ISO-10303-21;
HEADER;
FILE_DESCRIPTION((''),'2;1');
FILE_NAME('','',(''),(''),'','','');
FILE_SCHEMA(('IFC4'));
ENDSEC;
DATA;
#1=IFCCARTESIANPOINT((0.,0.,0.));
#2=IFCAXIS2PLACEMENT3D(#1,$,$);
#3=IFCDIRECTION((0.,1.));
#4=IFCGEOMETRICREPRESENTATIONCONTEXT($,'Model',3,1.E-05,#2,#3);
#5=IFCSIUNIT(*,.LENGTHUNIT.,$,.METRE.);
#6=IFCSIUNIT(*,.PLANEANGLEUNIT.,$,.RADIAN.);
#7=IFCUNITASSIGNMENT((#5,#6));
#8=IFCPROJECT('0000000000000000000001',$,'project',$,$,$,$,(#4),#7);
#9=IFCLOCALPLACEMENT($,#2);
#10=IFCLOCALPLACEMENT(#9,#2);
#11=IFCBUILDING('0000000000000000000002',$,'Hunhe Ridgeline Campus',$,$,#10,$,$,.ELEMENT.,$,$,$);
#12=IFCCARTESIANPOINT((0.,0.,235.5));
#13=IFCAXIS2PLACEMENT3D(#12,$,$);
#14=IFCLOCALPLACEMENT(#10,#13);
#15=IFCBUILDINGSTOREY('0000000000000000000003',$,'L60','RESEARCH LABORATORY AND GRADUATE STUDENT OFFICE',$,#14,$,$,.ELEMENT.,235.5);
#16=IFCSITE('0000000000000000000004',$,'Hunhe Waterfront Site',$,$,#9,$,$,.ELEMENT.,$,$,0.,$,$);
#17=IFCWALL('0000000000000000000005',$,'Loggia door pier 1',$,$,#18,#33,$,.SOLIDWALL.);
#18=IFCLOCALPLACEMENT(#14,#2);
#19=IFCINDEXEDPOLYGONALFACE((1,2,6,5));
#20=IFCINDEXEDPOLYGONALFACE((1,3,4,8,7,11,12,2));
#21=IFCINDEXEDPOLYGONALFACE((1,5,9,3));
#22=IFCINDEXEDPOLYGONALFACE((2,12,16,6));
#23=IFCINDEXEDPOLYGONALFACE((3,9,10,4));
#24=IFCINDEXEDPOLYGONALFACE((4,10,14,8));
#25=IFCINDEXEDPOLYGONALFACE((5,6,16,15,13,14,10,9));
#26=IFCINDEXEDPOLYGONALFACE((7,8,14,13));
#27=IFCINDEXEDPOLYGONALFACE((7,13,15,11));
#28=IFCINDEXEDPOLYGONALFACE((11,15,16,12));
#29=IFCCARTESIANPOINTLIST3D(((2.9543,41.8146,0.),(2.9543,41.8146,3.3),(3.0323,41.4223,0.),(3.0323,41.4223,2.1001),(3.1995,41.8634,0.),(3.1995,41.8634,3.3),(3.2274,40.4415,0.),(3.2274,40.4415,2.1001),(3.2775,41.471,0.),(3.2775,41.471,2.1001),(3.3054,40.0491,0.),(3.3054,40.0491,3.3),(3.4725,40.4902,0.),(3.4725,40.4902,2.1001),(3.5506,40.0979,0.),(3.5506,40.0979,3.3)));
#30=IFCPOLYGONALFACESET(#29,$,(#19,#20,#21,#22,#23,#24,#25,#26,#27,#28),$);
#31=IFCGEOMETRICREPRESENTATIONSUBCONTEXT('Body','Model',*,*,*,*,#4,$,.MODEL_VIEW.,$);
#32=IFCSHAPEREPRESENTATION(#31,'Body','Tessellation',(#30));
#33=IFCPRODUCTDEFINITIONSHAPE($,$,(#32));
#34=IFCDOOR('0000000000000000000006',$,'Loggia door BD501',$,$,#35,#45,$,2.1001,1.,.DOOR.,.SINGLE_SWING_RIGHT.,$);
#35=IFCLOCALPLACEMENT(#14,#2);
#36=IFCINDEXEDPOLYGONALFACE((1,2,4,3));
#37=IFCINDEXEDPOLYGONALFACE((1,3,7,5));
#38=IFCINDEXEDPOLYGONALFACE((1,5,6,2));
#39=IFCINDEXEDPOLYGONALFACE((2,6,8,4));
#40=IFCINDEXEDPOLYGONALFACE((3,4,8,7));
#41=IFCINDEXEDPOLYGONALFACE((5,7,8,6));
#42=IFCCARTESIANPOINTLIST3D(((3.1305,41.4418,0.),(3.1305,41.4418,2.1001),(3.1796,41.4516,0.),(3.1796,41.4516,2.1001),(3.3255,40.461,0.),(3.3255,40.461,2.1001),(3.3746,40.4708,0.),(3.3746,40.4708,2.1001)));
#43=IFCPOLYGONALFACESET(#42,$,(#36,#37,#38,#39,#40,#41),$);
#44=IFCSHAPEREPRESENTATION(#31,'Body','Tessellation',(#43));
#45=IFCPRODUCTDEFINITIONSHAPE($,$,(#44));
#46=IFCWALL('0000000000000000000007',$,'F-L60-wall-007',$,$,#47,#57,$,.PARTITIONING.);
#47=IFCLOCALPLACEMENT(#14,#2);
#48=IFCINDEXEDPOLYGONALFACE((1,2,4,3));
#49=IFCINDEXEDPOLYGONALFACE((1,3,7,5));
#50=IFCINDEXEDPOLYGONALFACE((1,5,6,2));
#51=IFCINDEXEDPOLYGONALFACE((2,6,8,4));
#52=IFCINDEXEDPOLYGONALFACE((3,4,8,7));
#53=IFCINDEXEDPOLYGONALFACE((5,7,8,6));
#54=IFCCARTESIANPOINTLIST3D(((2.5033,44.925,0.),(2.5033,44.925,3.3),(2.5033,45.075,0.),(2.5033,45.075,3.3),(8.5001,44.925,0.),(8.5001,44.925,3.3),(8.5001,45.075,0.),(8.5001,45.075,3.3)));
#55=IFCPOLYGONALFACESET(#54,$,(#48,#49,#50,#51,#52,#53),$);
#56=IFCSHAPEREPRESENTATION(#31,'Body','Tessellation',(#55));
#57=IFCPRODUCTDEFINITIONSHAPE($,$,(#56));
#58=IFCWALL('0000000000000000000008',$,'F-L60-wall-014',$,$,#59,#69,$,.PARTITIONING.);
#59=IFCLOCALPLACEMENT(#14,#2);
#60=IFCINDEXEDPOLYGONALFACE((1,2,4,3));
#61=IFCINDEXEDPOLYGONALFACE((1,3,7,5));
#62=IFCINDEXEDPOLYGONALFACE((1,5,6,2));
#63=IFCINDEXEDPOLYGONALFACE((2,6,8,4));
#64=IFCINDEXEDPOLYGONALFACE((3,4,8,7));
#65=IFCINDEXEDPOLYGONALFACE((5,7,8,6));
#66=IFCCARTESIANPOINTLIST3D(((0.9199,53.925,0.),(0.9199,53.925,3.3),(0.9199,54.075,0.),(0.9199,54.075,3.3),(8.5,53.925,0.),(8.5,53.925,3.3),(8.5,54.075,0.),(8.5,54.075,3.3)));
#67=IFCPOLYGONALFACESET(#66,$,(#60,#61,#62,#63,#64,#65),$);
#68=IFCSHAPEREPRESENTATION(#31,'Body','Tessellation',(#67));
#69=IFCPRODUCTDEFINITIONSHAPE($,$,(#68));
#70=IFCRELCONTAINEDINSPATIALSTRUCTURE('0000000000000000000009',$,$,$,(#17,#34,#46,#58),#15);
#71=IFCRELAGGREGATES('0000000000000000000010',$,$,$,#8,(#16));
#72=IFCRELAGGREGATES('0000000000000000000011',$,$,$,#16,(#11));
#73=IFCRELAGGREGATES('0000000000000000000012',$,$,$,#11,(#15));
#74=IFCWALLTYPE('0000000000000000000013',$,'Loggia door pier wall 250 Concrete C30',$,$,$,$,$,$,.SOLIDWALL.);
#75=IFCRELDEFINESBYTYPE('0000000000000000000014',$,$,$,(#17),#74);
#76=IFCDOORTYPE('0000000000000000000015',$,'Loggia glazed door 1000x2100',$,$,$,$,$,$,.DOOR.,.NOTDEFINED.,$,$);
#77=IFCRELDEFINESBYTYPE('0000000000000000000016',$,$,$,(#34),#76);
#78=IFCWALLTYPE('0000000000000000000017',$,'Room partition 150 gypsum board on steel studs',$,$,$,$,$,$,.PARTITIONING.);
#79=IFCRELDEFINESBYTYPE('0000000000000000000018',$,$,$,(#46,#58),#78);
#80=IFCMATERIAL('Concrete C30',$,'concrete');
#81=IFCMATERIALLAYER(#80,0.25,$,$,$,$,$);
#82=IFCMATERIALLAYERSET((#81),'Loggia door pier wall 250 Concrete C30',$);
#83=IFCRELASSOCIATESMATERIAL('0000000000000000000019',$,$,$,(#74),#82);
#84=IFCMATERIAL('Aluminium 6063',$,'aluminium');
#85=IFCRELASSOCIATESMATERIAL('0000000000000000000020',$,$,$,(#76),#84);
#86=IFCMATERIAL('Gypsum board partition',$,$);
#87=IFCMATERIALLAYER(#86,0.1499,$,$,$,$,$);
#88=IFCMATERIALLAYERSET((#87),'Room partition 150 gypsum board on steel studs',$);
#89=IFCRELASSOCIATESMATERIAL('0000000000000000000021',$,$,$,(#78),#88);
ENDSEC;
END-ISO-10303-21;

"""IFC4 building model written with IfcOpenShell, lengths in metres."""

from ifc_helpers import new_model, si_unit, direction, frame, frame_2d, origin, place, context, subcontext, project, spatial, rectangle, extrude, material, layer, layer_set, type_object, element, fill, save


model = new_model("IFC4")

# Units and contexts
model_context = context("Model", 3, precision=1e-05, world=origin(), true_north=direction((0.0, 1.0)))
body_context = subcontext(model_context, "Body", "Model", "MODEL_VIEW")
ifc_project = project(units=[si_unit("LENGTHUNIT", "METRE"), si_unit("PLANEANGLEUNIT", "RADIAN")], contexts=[model_context])

# Site, building, storey
site_placement = place(None, origin())
site = spatial("IfcSite", under=ifc_project, at=site_placement, Name="Hunhe Waterfront Site", CompositionType="ELEMENT", RefElevation=0.0)
building_placement = place(site_placement, origin())
building = spatial("IfcBuilding", under=site, at=building_placement, Name="Hunhe Ridgeline Campus", CompositionType="ELEMENT")
storey_placement = place(building_placement, frame((0.0, 0.0, 235.5)))
storey = spatial("IfcBuildingStorey", under=building, at=storey_placement, Name="L60", Description="RESEARCH LABORATORY AND GRADUATE STUDENT OFFICE", CompositionType="ELEMENT", Elevation=235.5)

# Shared definitions
ifc_material_1 = material(Name="Aluminium 6063", Category="aluminium")

# Shared definitions
ifc_material_2 = material(Name="Concrete C30", Category="concrete")

# Wall, opening, door
ifc_layer_1 = layer(ifc_material_2, 0.25)
ifc_layer_set_1 = layer_set([ifc_layer_1], Name="Loggia door pier wall 250 Concrete C30")
wall_type_1 = type_object("IfcWallType", Name="Loggia door pier wall 250 Concrete C30", PredefinedType="SOLIDWALL", material=ifc_layer_set_1)
wall_1_placement = place(storey_placement, frame((3.0769, 41.8389, 0.0), z_axis=(0.0, 0.0, 1.0), x_axis=(0.195047, -0.980794, 0.0)))
wall_1 = element("IfcWall", 1, at=wall_1_placement, inside=storey, type_object=wall_type_1, Name="Loggia door pier 1", PredefinedType="SOLIDWALL", context=body_context, shape_type="SweptSolid", body=[
    extrude(rectangle(XDim=1.8, YDim=0.25, at=frame_2d((0.8999, 0.0))), origin(), (0.0, 0.0, 1.0), 3.3),
])
opening_placement = place(wall_1_placement, frame((0.3999, 0.0, 0.0)))
opening = element("IfcOpeningElement", 2, at=opening_placement, cuts=wall_1, PredefinedType="OPENING", context=body_context, shape_type="SweptSolid", body=[
    extrude(rectangle(XDim=1.0, YDim=2.1001, at=frame_2d((0.5, 1.05))), frame((0.0, 0.125, 0.0), z_axis=(0.0, -1.0, 0.0), x_axis=(1.0, 0.0, 0.0)), (0.0, 0.0, 1.0), 0.25),
])
door_type = type_object("IfcDoorType", Name="Loggia glazed door 1000x2100", OperationType="NOTDEFINED", PredefinedType="DOOR", material=ifc_material_1)
door_placement = place(opening_placement, frame((1.0, 0.0, 0.0), z_axis=(0.0, 0.0, 1.0), x_axis=(-1.0, 0.0, 0.0)))
door = element("IfcDoor", 3, at=door_placement, inside=storey, type_object=door_type, Name="Loggia door BD501", OperationType="SINGLE_SWING_RIGHT", OverallHeight=2.1001, OverallWidth=1.0, PredefinedType="DOOR", context=body_context, shape_type="SweptSolid", body=[
    extrude(rectangle(XDim=1.0, YDim=2.1001, at=frame_2d((0.5, 1.05))), frame((0.0, 0.0249, 0.0), z_axis=(0.0, -1.0, 0.0), x_axis=(1.0, 0.0, 0.0)), (0.0, 0.0, 1.0), 0.05),
])
fill(opening, door)

# Walls
ifc_material_3 = material(Name="Gypsum board partition")
ifc_layer_2 = layer(ifc_material_3, 0.1499)
ifc_layer_set_2 = layer_set([ifc_layer_2], Name="Room partition 150 gypsum board on steel studs")
wall_type_2 = type_object("IfcWallType", Name="Room partition 150 gypsum board on steel studs", PredefinedType="PARTITIONING", material=ifc_layer_set_2)
wall_2_placement = place(storey_placement, frame((2.5032, 45.0, 0.0), z_axis=(0.0, 0.0, 1.0), x_axis=(1.0, 0.0, 0.0)))
element("IfcWall", 4, at=wall_2_placement, inside=storey, type_object=wall_type_2, Name="F-L60-wall-007", PredefinedType="PARTITIONING", context=body_context, shape_type="SweptSolid", body=[
    extrude(rectangle(XDim=5.9968, YDim=0.1499, at=frame_2d((2.9985, 0.0))), origin(), (0.0, 0.0, 1.0), 3.3),
])
wall_3_placement = place(storey_placement, frame((0.9199, 54.0, 0.0), z_axis=(0.0, 0.0, 1.0), x_axis=(1.0, 0.0, 0.0)))
element("IfcWall", 5, at=wall_3_placement, inside=storey, type_object=wall_type_2, Name="F-L60-wall-014", PredefinedType="PARTITIONING", context=body_context, shape_type="SweptSolid", body=[
    extrude(rectangle(XDim=7.5801, YDim=0.1499, at=frame_2d((3.79, 0.0))), origin(), (0.0, 0.0, 1.0), 3.3),
])

save(model, "model.ifc")
